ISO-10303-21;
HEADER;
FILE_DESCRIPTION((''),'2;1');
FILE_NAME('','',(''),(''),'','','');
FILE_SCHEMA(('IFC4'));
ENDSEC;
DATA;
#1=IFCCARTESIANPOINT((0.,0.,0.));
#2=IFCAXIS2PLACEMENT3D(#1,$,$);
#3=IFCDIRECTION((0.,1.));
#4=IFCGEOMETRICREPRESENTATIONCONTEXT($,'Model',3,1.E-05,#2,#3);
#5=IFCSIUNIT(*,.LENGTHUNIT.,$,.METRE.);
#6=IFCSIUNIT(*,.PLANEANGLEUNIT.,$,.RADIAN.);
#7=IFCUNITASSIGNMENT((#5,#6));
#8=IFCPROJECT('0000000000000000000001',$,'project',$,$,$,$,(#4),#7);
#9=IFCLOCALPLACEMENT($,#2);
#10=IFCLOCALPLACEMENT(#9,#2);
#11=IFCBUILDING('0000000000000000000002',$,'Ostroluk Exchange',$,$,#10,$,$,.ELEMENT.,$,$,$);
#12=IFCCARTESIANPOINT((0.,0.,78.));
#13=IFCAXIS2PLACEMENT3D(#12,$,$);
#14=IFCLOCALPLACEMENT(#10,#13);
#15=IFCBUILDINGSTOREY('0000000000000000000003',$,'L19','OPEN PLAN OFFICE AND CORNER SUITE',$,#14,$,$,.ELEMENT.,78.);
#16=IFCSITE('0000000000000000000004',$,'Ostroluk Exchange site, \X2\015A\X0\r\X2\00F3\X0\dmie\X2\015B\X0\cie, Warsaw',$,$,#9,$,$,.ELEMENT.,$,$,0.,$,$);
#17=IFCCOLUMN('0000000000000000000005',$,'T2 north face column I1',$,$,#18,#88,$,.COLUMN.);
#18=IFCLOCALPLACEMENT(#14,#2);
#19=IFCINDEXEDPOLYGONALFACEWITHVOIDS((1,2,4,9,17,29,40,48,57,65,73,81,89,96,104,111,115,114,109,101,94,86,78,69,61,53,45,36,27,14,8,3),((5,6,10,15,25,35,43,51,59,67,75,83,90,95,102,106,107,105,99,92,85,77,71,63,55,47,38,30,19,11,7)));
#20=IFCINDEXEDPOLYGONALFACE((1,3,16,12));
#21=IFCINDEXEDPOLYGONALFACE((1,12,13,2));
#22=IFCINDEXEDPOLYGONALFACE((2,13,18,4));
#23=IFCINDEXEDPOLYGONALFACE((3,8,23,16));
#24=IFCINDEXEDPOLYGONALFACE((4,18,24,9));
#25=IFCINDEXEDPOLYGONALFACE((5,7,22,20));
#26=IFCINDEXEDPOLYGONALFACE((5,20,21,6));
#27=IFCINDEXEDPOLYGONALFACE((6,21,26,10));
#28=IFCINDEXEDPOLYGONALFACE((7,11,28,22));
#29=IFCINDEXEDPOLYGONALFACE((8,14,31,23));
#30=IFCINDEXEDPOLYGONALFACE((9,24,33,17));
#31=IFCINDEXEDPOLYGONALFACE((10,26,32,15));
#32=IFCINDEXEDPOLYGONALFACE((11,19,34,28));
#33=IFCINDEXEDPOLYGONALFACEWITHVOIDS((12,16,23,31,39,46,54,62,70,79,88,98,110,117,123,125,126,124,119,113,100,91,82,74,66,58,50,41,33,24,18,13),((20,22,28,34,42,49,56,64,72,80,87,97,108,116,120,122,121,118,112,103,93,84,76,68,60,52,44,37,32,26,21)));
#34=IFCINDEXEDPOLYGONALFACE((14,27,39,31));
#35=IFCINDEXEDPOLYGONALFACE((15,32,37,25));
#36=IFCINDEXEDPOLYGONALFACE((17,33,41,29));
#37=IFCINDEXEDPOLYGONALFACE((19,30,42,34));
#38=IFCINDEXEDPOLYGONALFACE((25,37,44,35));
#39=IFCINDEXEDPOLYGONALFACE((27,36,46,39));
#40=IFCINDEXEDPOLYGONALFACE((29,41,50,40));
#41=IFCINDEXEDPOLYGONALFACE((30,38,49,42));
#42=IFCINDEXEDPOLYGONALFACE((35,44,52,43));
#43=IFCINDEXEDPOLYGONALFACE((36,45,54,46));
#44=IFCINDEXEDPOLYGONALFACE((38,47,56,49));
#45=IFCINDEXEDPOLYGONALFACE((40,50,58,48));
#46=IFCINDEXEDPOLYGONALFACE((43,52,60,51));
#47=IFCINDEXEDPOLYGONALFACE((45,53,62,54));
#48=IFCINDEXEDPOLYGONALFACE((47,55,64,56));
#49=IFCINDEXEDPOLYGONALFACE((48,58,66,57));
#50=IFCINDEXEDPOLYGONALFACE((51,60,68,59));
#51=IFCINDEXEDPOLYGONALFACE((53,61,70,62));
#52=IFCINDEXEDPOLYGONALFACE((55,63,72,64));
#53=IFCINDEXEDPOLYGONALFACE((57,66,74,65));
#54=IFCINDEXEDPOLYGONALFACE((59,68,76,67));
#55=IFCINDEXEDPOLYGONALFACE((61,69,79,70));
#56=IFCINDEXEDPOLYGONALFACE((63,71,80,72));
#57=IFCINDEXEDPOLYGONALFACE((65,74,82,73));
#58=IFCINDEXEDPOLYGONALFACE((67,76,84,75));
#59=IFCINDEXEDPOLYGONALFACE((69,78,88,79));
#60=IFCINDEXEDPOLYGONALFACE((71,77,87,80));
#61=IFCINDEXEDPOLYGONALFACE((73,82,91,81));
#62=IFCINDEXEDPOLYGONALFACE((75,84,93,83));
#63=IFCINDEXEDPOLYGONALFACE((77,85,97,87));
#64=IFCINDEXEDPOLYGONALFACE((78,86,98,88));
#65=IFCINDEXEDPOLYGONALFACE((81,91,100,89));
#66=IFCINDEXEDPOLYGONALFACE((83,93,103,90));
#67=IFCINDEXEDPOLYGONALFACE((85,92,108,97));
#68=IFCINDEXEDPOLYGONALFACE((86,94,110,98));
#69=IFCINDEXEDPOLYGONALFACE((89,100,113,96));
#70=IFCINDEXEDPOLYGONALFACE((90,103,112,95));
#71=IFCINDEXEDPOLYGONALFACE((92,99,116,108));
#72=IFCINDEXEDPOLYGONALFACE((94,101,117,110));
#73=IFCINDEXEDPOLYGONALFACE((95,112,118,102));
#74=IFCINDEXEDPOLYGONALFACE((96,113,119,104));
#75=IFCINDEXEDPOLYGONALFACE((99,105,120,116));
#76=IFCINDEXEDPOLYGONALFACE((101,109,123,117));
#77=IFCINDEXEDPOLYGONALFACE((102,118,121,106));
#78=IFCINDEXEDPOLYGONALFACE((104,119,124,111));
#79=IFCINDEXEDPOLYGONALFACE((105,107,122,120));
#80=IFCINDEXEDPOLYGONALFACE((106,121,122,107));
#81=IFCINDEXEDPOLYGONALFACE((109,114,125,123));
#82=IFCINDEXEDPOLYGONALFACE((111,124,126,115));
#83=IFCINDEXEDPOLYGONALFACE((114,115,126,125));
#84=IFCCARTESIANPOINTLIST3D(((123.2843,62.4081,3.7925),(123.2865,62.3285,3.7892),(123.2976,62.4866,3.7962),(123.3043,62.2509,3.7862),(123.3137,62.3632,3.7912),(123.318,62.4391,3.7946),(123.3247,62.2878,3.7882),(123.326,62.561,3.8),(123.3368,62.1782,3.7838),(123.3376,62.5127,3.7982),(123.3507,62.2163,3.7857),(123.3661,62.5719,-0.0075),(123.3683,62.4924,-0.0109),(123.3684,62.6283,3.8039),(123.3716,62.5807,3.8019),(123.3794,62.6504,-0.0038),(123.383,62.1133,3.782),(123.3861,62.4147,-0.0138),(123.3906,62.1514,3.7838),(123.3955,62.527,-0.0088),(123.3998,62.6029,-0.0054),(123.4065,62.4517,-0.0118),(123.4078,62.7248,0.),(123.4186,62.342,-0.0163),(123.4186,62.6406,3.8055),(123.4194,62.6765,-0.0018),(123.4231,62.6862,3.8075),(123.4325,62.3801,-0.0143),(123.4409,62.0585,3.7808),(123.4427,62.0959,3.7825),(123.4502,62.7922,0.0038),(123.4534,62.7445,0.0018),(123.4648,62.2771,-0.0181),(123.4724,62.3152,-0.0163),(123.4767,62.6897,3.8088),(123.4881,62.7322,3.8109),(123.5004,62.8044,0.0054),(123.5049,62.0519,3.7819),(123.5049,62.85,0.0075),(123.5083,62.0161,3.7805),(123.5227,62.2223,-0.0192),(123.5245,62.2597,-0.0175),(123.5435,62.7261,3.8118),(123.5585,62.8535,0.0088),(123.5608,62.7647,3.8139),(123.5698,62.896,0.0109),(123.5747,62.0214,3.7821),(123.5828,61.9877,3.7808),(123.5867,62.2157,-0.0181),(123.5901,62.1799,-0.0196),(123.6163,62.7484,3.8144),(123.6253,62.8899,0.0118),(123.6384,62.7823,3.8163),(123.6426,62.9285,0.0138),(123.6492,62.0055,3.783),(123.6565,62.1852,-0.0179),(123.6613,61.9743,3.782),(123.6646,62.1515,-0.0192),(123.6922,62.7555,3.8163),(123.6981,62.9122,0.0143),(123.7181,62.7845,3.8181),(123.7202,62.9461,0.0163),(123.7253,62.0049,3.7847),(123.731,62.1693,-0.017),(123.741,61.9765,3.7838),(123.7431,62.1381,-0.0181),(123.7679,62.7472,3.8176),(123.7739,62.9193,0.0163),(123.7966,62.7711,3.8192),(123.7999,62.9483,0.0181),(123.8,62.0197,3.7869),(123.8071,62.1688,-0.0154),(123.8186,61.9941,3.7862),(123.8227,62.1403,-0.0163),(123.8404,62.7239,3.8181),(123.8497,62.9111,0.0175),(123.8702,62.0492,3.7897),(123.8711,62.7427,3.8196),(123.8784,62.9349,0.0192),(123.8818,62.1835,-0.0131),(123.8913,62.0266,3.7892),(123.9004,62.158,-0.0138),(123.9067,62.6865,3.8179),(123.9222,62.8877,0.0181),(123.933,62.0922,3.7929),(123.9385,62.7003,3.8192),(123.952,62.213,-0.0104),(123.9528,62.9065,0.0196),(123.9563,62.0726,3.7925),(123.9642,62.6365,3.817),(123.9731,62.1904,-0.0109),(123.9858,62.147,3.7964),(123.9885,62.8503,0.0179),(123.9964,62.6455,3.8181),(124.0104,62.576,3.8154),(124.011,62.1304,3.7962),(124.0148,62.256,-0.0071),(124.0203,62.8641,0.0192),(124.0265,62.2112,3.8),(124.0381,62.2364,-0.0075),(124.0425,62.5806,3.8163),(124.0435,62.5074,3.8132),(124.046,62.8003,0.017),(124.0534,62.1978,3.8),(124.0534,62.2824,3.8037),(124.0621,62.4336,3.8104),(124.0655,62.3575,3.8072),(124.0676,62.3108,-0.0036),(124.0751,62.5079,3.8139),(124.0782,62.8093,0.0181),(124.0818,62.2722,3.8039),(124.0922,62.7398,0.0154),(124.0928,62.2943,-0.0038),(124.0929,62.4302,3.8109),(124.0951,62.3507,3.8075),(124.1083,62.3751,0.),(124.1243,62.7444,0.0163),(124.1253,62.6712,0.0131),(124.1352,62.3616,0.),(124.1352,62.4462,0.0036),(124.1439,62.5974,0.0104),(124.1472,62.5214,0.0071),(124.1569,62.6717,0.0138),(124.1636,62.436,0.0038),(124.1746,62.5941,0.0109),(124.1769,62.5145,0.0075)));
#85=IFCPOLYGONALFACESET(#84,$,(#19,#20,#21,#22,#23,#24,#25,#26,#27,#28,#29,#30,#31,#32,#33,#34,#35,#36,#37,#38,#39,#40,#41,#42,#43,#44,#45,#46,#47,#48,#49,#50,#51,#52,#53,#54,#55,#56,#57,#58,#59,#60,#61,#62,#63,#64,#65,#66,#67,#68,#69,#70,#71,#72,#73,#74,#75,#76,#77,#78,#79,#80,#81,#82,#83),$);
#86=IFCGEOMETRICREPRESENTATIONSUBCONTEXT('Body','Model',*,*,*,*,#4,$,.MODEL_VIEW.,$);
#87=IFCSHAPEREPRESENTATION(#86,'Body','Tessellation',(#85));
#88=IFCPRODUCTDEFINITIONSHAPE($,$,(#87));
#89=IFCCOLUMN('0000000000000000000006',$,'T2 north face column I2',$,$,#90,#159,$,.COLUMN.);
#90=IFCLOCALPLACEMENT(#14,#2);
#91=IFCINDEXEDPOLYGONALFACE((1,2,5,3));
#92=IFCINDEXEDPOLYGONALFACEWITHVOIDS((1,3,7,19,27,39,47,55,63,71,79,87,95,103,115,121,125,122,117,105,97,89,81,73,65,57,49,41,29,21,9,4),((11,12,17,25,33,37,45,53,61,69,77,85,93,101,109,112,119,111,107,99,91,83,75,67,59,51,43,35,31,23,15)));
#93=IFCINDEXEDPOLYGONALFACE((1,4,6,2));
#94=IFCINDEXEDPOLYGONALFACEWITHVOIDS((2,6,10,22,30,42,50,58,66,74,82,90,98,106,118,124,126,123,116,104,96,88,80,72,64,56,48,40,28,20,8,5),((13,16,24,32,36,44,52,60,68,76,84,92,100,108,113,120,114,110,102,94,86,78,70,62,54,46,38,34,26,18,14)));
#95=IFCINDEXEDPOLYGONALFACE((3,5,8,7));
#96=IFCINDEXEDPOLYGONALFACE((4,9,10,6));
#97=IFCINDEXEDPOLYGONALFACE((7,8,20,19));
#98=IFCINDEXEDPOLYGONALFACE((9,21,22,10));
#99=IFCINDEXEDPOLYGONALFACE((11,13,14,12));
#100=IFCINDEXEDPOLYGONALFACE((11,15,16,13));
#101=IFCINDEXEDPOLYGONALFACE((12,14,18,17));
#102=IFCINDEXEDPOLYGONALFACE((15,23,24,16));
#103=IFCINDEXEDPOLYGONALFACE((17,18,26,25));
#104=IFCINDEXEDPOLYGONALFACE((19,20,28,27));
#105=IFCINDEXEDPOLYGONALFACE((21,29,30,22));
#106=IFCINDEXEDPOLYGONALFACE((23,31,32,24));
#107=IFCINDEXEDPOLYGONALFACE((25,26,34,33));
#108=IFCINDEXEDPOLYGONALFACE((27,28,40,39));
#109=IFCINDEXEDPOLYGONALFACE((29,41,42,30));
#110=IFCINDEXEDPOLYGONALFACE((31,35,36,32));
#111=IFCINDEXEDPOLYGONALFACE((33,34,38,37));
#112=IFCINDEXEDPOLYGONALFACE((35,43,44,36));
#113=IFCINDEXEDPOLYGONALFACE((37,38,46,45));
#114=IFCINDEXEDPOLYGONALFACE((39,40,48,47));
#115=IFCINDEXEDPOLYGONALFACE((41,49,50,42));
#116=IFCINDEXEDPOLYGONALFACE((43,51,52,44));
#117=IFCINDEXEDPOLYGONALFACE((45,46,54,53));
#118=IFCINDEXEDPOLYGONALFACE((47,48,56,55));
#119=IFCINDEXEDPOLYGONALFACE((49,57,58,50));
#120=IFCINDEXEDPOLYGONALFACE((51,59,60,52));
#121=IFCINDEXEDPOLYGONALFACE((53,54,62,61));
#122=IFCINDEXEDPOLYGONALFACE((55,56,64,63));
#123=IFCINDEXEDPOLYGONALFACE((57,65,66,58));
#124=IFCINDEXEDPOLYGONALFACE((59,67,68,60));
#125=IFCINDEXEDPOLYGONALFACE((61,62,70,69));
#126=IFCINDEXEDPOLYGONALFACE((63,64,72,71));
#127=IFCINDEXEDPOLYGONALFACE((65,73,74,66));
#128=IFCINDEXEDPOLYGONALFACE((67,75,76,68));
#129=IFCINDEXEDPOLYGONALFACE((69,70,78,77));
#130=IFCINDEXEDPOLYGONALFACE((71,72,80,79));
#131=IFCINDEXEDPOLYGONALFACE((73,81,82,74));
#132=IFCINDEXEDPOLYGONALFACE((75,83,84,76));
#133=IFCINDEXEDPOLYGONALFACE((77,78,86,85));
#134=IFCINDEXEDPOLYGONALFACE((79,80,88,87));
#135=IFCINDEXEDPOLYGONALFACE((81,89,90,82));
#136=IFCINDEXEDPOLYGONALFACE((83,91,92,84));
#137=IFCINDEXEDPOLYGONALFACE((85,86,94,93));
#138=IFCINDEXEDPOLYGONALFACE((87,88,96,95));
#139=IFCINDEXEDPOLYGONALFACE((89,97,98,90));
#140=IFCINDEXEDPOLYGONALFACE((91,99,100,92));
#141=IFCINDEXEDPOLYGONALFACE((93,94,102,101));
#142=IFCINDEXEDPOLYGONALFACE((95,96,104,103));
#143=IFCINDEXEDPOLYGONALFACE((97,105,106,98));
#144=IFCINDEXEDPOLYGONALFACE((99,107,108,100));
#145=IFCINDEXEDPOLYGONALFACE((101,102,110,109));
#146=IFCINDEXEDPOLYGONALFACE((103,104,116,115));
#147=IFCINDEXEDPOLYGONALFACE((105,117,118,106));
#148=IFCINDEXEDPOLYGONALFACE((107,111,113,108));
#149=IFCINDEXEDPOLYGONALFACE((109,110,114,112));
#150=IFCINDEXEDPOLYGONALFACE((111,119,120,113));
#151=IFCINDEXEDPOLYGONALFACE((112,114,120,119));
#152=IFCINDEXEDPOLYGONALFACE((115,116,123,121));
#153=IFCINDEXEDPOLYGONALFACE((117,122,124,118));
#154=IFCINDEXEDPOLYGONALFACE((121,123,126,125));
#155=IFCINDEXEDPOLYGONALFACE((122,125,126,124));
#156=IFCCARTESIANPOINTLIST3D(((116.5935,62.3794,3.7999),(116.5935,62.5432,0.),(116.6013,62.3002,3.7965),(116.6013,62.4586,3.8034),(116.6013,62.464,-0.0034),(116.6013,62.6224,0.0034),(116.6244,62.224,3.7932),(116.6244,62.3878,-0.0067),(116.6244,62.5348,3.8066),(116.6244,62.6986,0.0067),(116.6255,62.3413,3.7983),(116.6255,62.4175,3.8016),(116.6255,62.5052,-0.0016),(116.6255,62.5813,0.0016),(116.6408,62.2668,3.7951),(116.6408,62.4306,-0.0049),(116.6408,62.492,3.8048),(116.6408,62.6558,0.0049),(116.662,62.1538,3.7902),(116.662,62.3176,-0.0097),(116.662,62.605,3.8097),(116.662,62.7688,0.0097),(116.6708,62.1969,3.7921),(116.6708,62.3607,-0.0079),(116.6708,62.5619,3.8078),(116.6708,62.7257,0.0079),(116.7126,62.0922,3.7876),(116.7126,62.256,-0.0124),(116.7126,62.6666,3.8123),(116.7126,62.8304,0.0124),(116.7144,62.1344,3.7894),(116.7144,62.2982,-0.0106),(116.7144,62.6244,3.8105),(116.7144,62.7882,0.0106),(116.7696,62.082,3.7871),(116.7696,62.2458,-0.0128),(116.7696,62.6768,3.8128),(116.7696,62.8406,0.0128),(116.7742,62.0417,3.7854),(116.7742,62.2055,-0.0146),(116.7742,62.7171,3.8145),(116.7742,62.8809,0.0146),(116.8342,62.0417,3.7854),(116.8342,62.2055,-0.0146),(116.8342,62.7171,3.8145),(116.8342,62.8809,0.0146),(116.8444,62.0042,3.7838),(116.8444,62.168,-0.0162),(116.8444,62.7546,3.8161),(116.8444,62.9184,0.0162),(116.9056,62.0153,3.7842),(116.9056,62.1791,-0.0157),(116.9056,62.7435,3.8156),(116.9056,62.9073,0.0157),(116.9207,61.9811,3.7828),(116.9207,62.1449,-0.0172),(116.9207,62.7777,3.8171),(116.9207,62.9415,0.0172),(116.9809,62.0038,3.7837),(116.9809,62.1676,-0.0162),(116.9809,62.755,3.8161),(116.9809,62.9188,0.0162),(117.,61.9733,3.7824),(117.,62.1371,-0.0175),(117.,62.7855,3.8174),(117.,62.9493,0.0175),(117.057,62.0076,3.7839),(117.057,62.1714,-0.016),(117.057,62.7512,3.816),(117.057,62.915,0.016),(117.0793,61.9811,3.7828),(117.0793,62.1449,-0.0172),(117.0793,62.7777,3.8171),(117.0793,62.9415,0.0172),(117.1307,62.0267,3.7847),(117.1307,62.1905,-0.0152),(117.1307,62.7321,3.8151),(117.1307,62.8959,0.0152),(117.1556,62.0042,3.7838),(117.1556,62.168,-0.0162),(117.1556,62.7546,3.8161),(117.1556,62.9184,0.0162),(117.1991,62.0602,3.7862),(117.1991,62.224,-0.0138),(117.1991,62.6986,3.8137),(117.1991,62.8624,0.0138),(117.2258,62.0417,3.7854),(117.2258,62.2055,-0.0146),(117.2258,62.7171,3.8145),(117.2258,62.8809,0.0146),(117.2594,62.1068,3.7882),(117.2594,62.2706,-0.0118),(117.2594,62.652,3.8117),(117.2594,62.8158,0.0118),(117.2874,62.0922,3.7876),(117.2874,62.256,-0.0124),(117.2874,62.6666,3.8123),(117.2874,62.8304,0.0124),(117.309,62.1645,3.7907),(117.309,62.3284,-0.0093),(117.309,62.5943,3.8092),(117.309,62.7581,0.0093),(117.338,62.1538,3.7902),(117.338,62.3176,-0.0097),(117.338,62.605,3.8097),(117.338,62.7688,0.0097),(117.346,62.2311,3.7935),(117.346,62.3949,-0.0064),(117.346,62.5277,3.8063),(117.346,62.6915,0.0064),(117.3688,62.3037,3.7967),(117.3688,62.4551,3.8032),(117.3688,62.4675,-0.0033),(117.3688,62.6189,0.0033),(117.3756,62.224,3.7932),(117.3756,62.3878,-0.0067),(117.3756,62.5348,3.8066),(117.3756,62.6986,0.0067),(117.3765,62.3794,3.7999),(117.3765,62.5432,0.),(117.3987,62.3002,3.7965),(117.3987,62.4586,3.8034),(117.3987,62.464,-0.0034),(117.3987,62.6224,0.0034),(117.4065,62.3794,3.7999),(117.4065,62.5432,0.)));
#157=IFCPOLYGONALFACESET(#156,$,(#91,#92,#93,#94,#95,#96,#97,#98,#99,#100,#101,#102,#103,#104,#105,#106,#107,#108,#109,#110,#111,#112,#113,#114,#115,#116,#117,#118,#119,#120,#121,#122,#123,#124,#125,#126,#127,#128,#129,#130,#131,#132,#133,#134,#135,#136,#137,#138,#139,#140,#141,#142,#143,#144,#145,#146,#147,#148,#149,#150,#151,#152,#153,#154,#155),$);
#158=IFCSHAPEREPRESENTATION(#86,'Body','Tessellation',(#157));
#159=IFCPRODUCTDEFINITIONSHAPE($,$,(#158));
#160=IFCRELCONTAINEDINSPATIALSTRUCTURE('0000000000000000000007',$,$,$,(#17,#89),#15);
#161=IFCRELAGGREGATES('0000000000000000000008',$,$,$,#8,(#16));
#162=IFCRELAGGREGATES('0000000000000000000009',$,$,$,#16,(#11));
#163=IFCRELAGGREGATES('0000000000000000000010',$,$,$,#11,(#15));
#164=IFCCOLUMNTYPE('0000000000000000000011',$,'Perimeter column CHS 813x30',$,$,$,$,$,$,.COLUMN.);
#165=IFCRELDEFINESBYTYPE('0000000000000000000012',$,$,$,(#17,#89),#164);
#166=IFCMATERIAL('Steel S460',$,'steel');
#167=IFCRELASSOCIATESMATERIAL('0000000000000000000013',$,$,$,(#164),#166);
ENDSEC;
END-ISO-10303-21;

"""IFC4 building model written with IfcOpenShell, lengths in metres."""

from ifc_helpers import new_model, si_unit, direction, frame, origin, origin_2d, place, context, subcontext, project, spatial, hollow_circle, extrude, material, material_profile, profile_set, type_object, element, save


model = new_model("IFC4")

# Units and contexts
model_context = context("Model", 3, precision=1e-05, world=origin(), true_north=direction((0.0, 1.0)))
body_context = subcontext(model_context, "Body", "Model", "MODEL_VIEW")
ifc_project = project(units=[si_unit("LENGTHUNIT", "METRE"), si_unit("PLANEANGLEUNIT", "RADIAN")], contexts=[model_context])

# Site, building, storey
site_placement = place(None, origin())
site = spatial("IfcSite", under=ifc_project, at=site_placement, Name="Ostroluk Exchange site, Śródmieście, Warsaw", CompositionType="ELEMENT", RefElevation=0.0)
building_placement = place(site_placement, origin())
building = spatial("IfcBuilding", under=site, at=building_placement, Name="Ostroluk Exchange", CompositionType="ELEMENT")
storey_placement = place(building_placement, frame((0.0, 0.0, 78.0)))
storey = spatial("IfcBuildingStorey", under=building, at=storey_placement, Name="L19", Description="OPEN PLAN OFFICE AND CORNER SUITE", CompositionType="ELEMENT", Elevation=78.0)

# Columns
ifc_material_1 = material(Name="Steel S460", Category="steel")
ifc_material_profile_1 = material_profile(ifc_material_1, hollow_circle(Radius=0.4065, WallThickness=0.03, at=origin_2d()), Name="CHS 813x30")
ifc_profile_set_1 = profile_set([ifc_material_profile_1], Name="Steel S460")
column_type = type_object("IfcColumnType", Name="Perimeter column CHS 813x30", PredefinedType="COLUMN", material=ifc_profile_set_1)
column_1_placement = place(storey_placement, frame((123.7715, 62.5432, 0.0), z_axis=(-0.021498, -0.04306, 0.998841), x_axis=(0.894694, -0.44668, 0.0)))
element("IfcColumn", 1, at=column_1_placement, inside=storey, type_object=column_type, Name="T2 north face column I1", PredefinedType="COLUMN", context=body_context, shape_type="SweptSolid", body=[
    extrude(hollow_circle(Radius=0.4065, WallThickness=0.03, at=origin_2d()), origin(), (0.0, 0.0, 1.0), 3.8044),
])
column_2_placement = place(storey_placement, frame((117.0, 62.5432, 0.0), z_axis=(0.0, -0.04307, 0.999072), x_axis=(1.0, 0.0, 0.0)))
element("IfcColumn", 2, at=column_2_placement, inside=storey, type_object=column_type, Name="T2 north face column I2", PredefinedType="COLUMN", context=body_context, shape_type="SweptSolid", body=[
    extrude(hollow_circle(Radius=0.4065, WallThickness=0.03, at=origin_2d()), origin(), (0.0, 0.0, 1.0), 3.8035),
])

save(model, "model.ifc")
